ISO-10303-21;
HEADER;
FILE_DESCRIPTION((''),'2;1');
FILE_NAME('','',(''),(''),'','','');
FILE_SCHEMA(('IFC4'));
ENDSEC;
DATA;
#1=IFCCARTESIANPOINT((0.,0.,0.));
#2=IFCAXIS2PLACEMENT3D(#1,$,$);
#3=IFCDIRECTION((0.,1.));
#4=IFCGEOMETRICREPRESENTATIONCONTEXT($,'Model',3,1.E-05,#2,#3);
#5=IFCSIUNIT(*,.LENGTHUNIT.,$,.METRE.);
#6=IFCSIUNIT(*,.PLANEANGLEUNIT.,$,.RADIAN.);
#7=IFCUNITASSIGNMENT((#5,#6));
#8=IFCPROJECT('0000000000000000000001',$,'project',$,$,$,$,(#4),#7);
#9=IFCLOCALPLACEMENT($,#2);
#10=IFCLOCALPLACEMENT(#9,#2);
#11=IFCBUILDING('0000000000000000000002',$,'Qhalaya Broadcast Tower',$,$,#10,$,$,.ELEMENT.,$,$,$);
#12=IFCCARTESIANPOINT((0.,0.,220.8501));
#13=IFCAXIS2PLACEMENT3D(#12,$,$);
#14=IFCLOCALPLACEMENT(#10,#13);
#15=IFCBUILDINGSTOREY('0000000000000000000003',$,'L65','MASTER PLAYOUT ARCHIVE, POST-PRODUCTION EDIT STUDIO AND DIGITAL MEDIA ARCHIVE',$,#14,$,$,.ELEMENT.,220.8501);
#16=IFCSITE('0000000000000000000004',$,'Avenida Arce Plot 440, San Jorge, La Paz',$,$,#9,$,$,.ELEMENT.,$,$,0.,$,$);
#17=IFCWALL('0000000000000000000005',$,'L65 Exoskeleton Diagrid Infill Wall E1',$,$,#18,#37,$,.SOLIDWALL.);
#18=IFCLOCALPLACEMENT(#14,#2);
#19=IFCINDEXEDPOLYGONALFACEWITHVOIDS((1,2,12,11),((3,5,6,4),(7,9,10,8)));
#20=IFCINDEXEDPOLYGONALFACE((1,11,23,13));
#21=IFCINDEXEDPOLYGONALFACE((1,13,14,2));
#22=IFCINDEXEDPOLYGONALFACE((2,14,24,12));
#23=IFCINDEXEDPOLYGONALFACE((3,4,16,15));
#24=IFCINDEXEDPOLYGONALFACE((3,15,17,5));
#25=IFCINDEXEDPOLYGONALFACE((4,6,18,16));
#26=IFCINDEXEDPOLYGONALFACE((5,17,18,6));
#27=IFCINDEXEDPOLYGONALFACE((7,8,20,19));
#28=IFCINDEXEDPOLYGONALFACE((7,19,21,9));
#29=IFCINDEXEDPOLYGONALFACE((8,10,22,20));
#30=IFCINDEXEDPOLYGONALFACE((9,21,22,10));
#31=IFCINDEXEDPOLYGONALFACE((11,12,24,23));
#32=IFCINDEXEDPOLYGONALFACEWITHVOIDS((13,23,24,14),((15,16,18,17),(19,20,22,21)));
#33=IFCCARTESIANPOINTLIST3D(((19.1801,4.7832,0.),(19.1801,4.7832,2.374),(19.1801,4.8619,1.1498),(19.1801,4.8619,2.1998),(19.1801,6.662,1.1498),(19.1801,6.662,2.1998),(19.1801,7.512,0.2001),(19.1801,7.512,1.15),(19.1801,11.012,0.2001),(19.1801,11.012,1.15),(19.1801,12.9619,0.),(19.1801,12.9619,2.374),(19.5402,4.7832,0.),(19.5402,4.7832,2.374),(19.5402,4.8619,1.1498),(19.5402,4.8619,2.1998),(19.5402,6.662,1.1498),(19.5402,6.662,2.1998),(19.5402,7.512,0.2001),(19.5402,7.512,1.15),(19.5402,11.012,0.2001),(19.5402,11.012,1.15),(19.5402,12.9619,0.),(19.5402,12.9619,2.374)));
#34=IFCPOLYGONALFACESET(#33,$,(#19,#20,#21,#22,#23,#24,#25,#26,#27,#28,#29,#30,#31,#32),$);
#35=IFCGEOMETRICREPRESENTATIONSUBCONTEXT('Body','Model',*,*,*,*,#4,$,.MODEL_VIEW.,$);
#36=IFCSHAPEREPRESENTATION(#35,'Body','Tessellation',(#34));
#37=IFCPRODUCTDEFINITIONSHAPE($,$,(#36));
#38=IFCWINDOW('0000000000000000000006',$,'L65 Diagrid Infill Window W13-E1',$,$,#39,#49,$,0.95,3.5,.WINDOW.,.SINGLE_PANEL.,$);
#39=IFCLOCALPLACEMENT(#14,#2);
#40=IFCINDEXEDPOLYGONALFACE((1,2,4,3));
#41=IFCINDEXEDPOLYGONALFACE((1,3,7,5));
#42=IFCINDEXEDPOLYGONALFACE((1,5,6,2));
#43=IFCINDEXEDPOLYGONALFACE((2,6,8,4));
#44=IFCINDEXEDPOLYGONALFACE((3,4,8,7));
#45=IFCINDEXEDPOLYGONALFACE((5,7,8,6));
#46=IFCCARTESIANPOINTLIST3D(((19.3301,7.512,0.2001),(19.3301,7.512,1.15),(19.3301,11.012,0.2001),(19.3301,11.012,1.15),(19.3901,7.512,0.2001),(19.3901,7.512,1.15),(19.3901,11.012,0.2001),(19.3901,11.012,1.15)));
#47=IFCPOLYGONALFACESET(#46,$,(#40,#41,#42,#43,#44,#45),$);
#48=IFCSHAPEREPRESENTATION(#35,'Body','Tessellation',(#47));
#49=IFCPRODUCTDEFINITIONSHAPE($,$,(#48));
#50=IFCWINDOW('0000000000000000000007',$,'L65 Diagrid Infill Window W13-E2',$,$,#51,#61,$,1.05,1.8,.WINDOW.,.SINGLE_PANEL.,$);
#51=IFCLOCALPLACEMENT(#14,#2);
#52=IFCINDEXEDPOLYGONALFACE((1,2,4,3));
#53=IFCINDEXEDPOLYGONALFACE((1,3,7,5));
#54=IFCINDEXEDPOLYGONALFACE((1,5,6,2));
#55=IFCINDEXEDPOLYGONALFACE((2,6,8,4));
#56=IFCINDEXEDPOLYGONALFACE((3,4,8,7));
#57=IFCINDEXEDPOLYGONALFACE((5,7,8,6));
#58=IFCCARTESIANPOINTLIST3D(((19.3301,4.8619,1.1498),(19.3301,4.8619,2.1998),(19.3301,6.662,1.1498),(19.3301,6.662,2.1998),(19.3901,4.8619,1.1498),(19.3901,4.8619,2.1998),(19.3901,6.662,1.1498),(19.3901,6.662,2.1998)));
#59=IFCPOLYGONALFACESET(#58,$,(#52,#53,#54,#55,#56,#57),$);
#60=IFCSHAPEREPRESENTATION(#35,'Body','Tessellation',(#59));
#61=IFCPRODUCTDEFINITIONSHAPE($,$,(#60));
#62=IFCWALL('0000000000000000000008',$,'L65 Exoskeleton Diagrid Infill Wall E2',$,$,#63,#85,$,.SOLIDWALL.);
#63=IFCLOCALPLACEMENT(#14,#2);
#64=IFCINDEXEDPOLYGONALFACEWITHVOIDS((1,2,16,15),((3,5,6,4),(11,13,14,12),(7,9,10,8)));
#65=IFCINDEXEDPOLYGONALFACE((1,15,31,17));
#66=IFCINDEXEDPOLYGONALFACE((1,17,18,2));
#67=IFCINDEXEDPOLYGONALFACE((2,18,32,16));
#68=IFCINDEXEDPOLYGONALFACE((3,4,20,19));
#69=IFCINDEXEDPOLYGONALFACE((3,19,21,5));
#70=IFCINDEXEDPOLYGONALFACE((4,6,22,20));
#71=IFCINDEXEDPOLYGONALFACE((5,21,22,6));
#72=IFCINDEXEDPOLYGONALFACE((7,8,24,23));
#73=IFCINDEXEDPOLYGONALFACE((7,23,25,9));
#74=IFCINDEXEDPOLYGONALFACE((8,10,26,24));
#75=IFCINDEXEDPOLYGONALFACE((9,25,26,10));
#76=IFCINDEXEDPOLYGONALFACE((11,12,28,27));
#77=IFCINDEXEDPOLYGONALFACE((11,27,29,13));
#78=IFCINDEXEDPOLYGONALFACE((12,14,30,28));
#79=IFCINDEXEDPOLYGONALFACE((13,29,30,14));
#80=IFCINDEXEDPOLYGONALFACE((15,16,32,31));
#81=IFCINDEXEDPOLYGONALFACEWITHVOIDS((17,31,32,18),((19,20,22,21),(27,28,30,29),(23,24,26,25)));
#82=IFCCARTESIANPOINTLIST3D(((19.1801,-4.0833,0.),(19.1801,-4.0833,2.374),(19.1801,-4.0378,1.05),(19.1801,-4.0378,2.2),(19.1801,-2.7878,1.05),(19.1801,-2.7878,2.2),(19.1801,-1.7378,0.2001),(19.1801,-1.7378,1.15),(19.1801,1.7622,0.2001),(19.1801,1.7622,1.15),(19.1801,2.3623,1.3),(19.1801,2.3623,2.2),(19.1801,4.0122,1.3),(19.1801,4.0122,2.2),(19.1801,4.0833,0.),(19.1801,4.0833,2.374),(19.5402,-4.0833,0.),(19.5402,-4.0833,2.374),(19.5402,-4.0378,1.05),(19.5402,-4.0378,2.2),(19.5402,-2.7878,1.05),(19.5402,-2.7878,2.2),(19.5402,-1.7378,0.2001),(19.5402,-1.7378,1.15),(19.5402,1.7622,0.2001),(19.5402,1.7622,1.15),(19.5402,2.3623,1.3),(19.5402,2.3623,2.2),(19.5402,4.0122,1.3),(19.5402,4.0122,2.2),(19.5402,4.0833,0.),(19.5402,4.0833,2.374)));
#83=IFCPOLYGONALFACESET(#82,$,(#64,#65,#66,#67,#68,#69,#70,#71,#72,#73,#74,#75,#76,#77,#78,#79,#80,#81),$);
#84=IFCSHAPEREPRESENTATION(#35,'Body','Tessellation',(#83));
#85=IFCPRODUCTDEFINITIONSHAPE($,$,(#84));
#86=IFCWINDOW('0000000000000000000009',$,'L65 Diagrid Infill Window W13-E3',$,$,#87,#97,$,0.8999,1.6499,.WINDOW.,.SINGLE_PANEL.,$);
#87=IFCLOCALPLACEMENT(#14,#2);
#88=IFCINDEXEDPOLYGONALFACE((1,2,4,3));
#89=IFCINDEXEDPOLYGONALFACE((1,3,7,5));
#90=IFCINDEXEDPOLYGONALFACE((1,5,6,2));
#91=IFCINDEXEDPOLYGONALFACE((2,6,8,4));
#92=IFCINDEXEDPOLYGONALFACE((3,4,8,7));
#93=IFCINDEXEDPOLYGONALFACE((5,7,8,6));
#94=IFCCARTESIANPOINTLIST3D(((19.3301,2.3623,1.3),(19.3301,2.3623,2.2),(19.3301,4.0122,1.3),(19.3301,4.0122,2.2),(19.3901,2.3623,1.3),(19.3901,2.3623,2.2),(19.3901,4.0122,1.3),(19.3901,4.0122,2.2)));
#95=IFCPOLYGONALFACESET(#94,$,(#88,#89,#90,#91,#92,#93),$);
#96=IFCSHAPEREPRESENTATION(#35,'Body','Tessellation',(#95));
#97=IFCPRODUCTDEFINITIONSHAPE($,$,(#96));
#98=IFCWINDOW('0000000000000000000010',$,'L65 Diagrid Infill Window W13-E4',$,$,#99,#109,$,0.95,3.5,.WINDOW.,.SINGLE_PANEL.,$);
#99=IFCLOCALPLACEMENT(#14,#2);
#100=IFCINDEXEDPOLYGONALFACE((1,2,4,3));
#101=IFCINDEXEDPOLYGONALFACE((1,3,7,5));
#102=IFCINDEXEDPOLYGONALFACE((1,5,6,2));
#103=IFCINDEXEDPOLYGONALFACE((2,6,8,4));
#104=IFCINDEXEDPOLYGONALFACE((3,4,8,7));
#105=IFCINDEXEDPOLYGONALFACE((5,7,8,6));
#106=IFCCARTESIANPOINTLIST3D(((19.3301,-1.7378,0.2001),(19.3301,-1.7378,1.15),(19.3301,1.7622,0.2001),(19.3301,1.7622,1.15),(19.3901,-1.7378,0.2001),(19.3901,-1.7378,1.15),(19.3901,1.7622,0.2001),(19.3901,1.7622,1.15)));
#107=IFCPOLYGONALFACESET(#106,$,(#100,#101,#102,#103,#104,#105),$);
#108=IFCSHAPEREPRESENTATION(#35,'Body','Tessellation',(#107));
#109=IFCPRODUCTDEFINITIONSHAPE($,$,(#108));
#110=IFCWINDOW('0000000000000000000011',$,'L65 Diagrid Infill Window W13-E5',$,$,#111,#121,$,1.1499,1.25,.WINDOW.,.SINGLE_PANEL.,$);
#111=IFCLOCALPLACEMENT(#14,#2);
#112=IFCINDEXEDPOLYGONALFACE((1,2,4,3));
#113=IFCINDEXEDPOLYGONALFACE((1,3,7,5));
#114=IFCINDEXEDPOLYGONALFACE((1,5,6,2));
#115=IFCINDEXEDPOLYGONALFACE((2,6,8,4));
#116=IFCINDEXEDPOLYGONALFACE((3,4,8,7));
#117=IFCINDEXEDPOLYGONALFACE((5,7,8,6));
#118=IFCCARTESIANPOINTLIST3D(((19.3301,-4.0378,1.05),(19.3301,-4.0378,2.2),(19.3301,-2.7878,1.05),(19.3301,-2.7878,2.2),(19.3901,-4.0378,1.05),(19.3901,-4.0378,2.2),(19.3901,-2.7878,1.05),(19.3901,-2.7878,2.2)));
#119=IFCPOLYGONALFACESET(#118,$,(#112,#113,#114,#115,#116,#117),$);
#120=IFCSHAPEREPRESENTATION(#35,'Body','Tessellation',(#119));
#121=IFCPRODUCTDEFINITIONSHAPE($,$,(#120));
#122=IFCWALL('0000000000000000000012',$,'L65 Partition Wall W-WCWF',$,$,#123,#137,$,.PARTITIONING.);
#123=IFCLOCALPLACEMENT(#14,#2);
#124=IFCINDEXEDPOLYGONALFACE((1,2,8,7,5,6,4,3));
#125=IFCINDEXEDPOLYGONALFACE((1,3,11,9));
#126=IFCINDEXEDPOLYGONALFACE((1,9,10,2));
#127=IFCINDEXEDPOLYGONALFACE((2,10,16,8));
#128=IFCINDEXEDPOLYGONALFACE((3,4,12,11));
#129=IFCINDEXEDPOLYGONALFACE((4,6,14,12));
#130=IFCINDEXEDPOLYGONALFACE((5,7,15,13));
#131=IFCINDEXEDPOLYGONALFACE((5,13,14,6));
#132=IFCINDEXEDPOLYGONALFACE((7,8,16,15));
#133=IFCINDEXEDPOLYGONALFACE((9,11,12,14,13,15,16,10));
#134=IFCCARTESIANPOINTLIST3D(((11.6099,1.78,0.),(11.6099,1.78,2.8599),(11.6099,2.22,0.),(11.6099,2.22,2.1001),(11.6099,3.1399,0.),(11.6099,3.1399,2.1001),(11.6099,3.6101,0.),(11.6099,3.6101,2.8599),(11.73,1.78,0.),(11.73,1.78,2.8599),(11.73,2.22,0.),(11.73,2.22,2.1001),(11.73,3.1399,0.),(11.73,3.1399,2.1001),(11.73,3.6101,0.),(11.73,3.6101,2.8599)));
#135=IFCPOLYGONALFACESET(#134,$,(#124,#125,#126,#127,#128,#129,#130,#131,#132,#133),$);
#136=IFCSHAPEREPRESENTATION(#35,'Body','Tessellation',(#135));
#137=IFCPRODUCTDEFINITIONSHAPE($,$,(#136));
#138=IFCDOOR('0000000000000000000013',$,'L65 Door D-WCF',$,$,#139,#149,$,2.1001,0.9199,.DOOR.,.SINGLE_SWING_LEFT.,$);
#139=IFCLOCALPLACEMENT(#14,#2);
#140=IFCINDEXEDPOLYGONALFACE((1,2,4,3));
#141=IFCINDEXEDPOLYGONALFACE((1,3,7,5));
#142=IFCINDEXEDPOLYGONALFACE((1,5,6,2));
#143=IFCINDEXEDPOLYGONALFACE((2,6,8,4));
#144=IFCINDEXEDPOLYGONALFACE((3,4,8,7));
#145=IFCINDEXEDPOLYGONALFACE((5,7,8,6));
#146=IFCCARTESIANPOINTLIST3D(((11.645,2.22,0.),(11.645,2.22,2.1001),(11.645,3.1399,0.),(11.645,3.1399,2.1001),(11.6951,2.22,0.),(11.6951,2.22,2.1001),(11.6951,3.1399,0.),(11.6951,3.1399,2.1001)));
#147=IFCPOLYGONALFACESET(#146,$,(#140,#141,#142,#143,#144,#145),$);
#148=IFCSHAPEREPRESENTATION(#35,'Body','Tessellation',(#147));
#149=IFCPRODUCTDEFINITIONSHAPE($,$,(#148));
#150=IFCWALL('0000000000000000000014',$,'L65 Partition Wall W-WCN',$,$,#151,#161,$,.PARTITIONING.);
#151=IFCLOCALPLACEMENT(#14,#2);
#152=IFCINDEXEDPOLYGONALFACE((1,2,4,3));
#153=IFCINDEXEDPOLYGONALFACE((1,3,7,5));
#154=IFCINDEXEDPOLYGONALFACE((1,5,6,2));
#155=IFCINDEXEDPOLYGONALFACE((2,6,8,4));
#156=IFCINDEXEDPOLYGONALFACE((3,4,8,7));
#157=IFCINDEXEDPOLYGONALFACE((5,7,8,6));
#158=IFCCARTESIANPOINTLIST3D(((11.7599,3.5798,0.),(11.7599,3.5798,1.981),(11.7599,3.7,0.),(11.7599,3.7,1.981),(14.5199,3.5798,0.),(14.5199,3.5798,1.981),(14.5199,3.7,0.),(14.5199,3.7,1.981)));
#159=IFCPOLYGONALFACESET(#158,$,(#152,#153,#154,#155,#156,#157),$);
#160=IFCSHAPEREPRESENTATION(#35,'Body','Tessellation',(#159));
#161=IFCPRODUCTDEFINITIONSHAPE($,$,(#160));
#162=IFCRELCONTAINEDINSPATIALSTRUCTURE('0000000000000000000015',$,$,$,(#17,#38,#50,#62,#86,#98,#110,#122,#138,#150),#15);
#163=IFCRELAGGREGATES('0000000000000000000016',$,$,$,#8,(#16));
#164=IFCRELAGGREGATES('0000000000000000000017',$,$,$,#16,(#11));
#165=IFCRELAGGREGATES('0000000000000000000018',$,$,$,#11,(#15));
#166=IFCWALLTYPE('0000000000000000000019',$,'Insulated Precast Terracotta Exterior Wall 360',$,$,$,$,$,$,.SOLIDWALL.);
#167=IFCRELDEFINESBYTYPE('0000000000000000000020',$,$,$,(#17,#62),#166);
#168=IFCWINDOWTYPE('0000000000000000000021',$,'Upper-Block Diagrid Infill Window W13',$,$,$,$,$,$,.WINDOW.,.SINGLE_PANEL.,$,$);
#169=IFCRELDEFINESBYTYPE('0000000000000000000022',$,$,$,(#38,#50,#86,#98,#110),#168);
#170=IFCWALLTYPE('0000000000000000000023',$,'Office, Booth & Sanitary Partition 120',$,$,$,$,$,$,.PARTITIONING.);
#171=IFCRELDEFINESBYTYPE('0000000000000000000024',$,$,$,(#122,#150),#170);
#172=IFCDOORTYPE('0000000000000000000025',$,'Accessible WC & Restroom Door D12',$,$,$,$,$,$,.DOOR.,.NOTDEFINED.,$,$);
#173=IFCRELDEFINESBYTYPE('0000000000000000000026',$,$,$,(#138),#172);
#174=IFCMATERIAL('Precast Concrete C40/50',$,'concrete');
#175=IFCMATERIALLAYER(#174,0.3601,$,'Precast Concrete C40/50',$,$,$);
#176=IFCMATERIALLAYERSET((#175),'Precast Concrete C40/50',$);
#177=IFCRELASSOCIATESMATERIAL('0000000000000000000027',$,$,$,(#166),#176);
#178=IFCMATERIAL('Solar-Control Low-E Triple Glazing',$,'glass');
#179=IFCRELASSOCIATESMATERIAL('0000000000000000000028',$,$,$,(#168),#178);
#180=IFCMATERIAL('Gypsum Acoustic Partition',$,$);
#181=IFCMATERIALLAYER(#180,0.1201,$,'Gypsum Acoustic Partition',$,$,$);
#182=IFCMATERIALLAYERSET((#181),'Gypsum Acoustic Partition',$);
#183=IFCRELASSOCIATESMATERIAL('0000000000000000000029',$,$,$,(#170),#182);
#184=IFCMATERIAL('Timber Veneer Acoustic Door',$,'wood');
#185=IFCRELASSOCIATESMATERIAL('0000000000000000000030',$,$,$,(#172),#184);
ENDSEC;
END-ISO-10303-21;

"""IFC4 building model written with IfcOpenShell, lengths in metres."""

from ifc_helpers import new_model, si_unit, direction, frame, frame_2d, origin, place, context, subcontext, project, spatial, rectangle, extrude, material, layer, layer_set, type_object, element, fill, save


model = new_model("IFC4")

# Units and contexts
model_context = context("Model", 3, precision=1e-05, world=origin(), true_north=direction((0.0, 1.0)))
body_context = subcontext(model_context, "Body", "Model", "MODEL_VIEW")
ifc_project = project(units=[si_unit("LENGTHUNIT", "METRE"), si_unit("PLANEANGLEUNIT", "RADIAN")], contexts=[model_context])

# Site, building, storey
site_placement = place(None, origin())
site = spatial("IfcSite", under=ifc_project, at=site_placement, Name="Avenida Arce Plot 440, San Jorge, La Paz", CompositionType="ELEMENT", RefElevation=0.0)
building_placement = place(site_placement, origin())
building = spatial("IfcBuilding", under=site, at=building_placement, Name="Qhalaya Broadcast Tower", CompositionType="ELEMENT")
storey_placement = place(building_placement, frame((0.0, 0.0, 220.8501)))
storey = spatial("IfcBuildingStorey", under=building, at=storey_placement, Name="L65", Description="MASTER PLAYOUT ARCHIVE, POST-PRODUCTION EDIT STUDIO AND DIGITAL MEDIA ARCHIVE", CompositionType="ELEMENT", Elevation=220.8501)

# Shared definitions
ifc_material_1 = material(Name="Gypsum Acoustic Partition")
ifc_material_2 = material(Name="Timber Veneer Acoustic Door", Category="wood")

# Walls, openings, windows
ifc_material_3 = material(Name="Precast Concrete C40/50", Category="concrete")
ifc_layer_1 = layer(ifc_material_3, 0.3601, Name="Precast Concrete C40/50")
ifc_layer_set_1 = layer_set([ifc_layer_1], Name="Precast Concrete C40/50")
wall_type_1 = type_object("IfcWallType", Name="Insulated Precast Terracotta Exterior Wall 360", PredefinedType="SOLIDWALL", material=ifc_layer_set_1)
wall_1_placement = place(storey_placement, frame((19.3601, 12.9619, 0.0), z_axis=(0.0, 0.0, 1.0), x_axis=(0.0, -1.0, 0.0)))
wall_1 = element("IfcWall", 1, at=wall_1_placement, inside=storey, type_object=wall_type_1, Name="L65 Exoskeleton Diagrid Infill Wall E1", PredefinedType="SOLIDWALL", context=body_context, shape_type="SweptSolid", body=[
    extrude(rectangle(XDim=8.1787, YDim=0.3601, at=frame_2d((4.0894, 0.0))), origin(), (0.0, 0.0, 1.0), 2.374),
])
opening_1_placement = place(wall_1_placement, frame((1.95, 0.0, 0.2)))
opening_1 = element("IfcOpeningElement", 2, at=opening_1_placement, cuts=wall_1, PredefinedType="OPENING", context=body_context, shape_type="SweptSolid", body=[
    extrude(rectangle(XDim=3.5, YDim=0.95, at=frame_2d((1.75, 0.4751))), frame((0.0, 0.1921, 0.0), z_axis=(0.0, -1.0, 0.0), x_axis=(1.0, 0.0, 0.0)), (0.0, 0.0, 1.0), 0.384),
])
opening_2_placement = place(wall_1_placement, frame((6.3, 0.0, 1.1499)))
opening_2 = element("IfcOpeningElement", 3, at=opening_2_placement, cuts=wall_1, PredefinedType="OPENING", context=body_context, shape_type="SweptSolid", body=[
    extrude(rectangle(XDim=1.8, YDim=1.05, at=frame_2d((0.8999, 0.5249))), frame((0.0, 0.1921, 0.0), z_axis=(0.0, -1.0, 0.0), x_axis=(1.0, 0.0, 0.0)), (0.0, 0.0, 1.0), 0.384),
])
ifc_material_4 = material(Name="Solar-Control Low-E Triple Glazing", Category="glass")
window_type = type_object("IfcWindowType", Name="Upper-Block Diagrid Infill Window W13", PartitioningType="SINGLE_PANEL", PredefinedType="WINDOW", material=ifc_material_4)
window_1_placement = place(opening_1_placement, origin())
window_1 = element("IfcWindow", 4, at=window_1_placement, inside=storey, type_object=window_type, Name="L65 Diagrid Infill Window W13-E1", OverallHeight=0.95, OverallWidth=3.5, PartitioningType="SINGLE_PANEL", PredefinedType="WINDOW", context=body_context, shape_type="SweptSolid", body=[
    extrude(rectangle(XDim=3.5, YDim=0.95, at=frame_2d((1.75, 0.4751))), frame((0.0, 0.03, 0.0), z_axis=(0.0, -1.0, 0.0), x_axis=(1.0, 0.0, 0.0)), (0.0, 0.0, 1.0), 0.0601),
])
fill(opening_1, window_1)
window_2_placement = place(opening_2_placement, origin())
window_2 = element("IfcWindow", 5, at=window_2_placement, inside=storey, type_object=window_type, Name="L65 Diagrid Infill Window W13-E2", OverallHeight=1.05, OverallWidth=1.8, PartitioningType="SINGLE_PANEL", PredefinedType="WINDOW", context=body_context, shape_type="SweptSolid", body=[
    extrude(rectangle(XDim=1.8, YDim=1.05, at=frame_2d((0.8999, 0.5249))), frame((0.0, 0.03, 0.0), z_axis=(0.0, -1.0, 0.0), x_axis=(1.0, 0.0, 0.0)), (0.0, 0.0, 1.0), 0.0601),
])
fill(opening_2, window_2)
wall_2_placement = place(storey_placement, frame((19.3601, 4.0833, 0.0), z_axis=(0.0, 0.0, 1.0), x_axis=(0.0, -1.0, 0.0)))
wall_2 = element("IfcWall", 6, at=wall_2_placement, inside=storey, type_object=wall_type_1, Name="L65 Exoskeleton Diagrid Infill Wall E2", PredefinedType="SOLIDWALL", context=body_context, shape_type="SweptSolid", body=[
    extrude(rectangle(XDim=8.1665, YDim=0.3601, at=frame_2d((4.0833, 0.0))), origin(), (0.0, 0.0, 1.0), 2.374),
])
opening_3_placement = place(wall_2_placement, frame((0.071, 0.0, 1.3)))
opening_3 = element("IfcOpeningElement", 7, at=opening_3_placement, cuts=wall_2, PredefinedType="OPENING", context=body_context, shape_type="SweptSolid", body=[
    extrude(rectangle(XDim=1.6499, YDim=0.8999, at=frame_2d((0.825, 0.45))), frame((0.0, 0.1921, 0.0), z_axis=(0.0, -1.0, 0.0), x_axis=(1.0, 0.0, 0.0)), (0.0, 0.0, 1.0), 0.384),
])
opening_4_placement = place(wall_2_placement, frame((2.321, 0.0, 0.2)))
opening_4 = element("IfcOpeningElement", 8, at=opening_4_placement, cuts=wall_2, PredefinedType="OPENING", context=body_context, shape_type="SweptSolid", body=[
    extrude(rectangle(XDim=3.5, YDim=0.95, at=frame_2d((1.75, 0.4751))), frame((0.0, 0.1921, 0.0), z_axis=(0.0, -1.0, 0.0), x_axis=(1.0, 0.0, 0.0)), (0.0, 0.0, 1.0), 0.384),
])
opening_5_placement = place(wall_2_placement, frame((6.8711, 0.0, 1.05)))
opening_5 = element("IfcOpeningElement", 9, at=opening_5_placement, cuts=wall_2, PredefinedType="OPENING", context=body_context, shape_type="SweptSolid", body=[
    extrude(rectangle(XDim=1.25, YDim=1.1499, at=frame_2d((0.625, 0.575))), frame((0.0, 0.1921, 0.0), z_axis=(0.0, -1.0, 0.0), x_axis=(1.0, 0.0, 0.0)), (0.0, 0.0, 1.0), 0.384),
])
window_3_placement = place(opening_3_placement, origin())
window_3 = element("IfcWindow", 10, at=window_3_placement, inside=storey, type_object=window_type, Name="L65 Diagrid Infill Window W13-E3", OverallHeight=0.8999, OverallWidth=1.6499, PartitioningType="SINGLE_PANEL", PredefinedType="WINDOW", context=body_context, shape_type="SweptSolid", body=[
    extrude(rectangle(XDim=1.6499, YDim=0.8999, at=frame_2d((0.825, 0.45))), frame((0.0, 0.03, 0.0), z_axis=(0.0, -1.0, 0.0), x_axis=(1.0, 0.0, 0.0)), (0.0, 0.0, 1.0), 0.0601),
])
fill(opening_3, window_3)
window_4_placement = place(opening_4_placement, origin())
window_4 = element("IfcWindow", 11, at=window_4_placement, inside=storey, type_object=window_type, Name="L65 Diagrid Infill Window W13-E4", OverallHeight=0.95, OverallWidth=3.5, PartitioningType="SINGLE_PANEL", PredefinedType="WINDOW", context=body_context, shape_type="SweptSolid", body=[
    extrude(rectangle(XDim=3.5, YDim=0.95, at=frame_2d((1.75, 0.4751))), frame((0.0, 0.03, 0.0), z_axis=(0.0, -1.0, 0.0), x_axis=(1.0, 0.0, 0.0)), (0.0, 0.0, 1.0), 0.0601),
])
fill(opening_4, window_4)
window_5_placement = place(opening_5_placement, origin())
window_5 = element("IfcWindow", 12, at=window_5_placement, inside=storey, type_object=window_type, Name="L65 Diagrid Infill Window W13-E5", OverallHeight=1.1499, OverallWidth=1.25, PartitioningType="SINGLE_PANEL", PredefinedType="WINDOW", context=body_context, shape_type="SweptSolid", body=[
    extrude(rectangle(XDim=1.25, YDim=1.1499, at=frame_2d((0.625, 0.575))), frame((0.0, 0.03, 0.0), z_axis=(0.0, -1.0, 0.0), x_axis=(1.0, 0.0, 0.0)), (0.0, 0.0, 1.0), 0.0601),
])
fill(opening_5, window_5)

# Wall, opening, door
ifc_layer_2 = layer(ifc_material_1, 0.1201, Name="Gypsum Acoustic Partition")
ifc_layer_set_2 = layer_set([ifc_layer_2], Name="Gypsum Acoustic Partition")
wall_type_2 = type_object("IfcWallType", Name="Office, Booth & Sanitary Partition 120", PredefinedType="PARTITIONING", material=ifc_layer_set_2)
wall_3_placement = place(storey_placement, frame((11.6699, 1.78, 0.0), z_axis=(0.0, 0.0, 1.0), x_axis=(0.0, 1.0, 0.0)))
wall_3 = element("IfcWall", 13, at=wall_3_placement, inside=storey, type_object=wall_type_2, Name="L65 Partition Wall W-WCWF", PredefinedType="PARTITIONING", context=body_context, shape_type="SweptSolid", body=[
    extrude(rectangle(XDim=1.8301, YDim=0.1201, at=frame_2d((0.915, 0.0))), origin(), (0.0, 0.0, 1.0), 2.8599),
])
opening_6_placement = place(wall_3_placement, frame((0.4399, 0.0, 0.0)))
opening_6 = element("IfcOpeningElement", 14, at=opening_6_placement, cuts=wall_3, PredefinedType="OPENING", context=body_context, shape_type="SweptSolid", body=[
    extrude(rectangle(XDim=0.9199, YDim=2.1001, at=frame_2d((0.46, 1.05))), frame((0.0, 0.072, 0.0), z_axis=(0.0, -1.0, 0.0), x_axis=(1.0, 0.0, 0.0)), (0.0, 0.0, 1.0), 0.144),
])
door_type_1 = type_object("IfcDoorType", Name="Accessible WC & Restroom Door D12", OperationType="NOTDEFINED", PredefinedType="DOOR", material=ifc_material_2)
door_1_placement = place(opening_6_placement, origin())
door_1 = element("IfcDoor", 15, at=door_1_placement, inside=storey, type_object=door_type_1, Name="L65 Door D-WCF", OperationType="SINGLE_SWING_LEFT", OverallHeight=2.1001, OverallWidth=0.9199, PredefinedType="DOOR", context=body_context, shape_type="SweptSolid", body=[
    extrude(rectangle(XDim=0.9199, YDim=2.1001, at=frame_2d((0.46, 1.05))), frame((0.0, 0.0249, 0.0), z_axis=(0.0, -1.0, 0.0), x_axis=(1.0, 0.0, 0.0)), (0.0, 0.0, 1.0), 0.05),
])
fill(opening_6, door_1)

# Wall
wall_4_placement = place(storey_placement, frame((11.76, 3.6399, 0.0), z_axis=(0.0, 0.0, 1.0), x_axis=(1.0, 0.0, 0.0)))
element("IfcWall", 16, at=wall_4_placement, inside=storey, type_object=wall_type_2, Name="L65 Partition Wall W-WCN", PredefinedType="PARTITIONING", context=body_context, shape_type="SweptSolid", body=[
    extrude(rectangle(XDim=2.76, YDim=0.1201, at=frame_2d((1.3799, 0.0))), origin(), (0.0, 0.0, 1.0), 1.981),
])

save(model, "model.ifc")
